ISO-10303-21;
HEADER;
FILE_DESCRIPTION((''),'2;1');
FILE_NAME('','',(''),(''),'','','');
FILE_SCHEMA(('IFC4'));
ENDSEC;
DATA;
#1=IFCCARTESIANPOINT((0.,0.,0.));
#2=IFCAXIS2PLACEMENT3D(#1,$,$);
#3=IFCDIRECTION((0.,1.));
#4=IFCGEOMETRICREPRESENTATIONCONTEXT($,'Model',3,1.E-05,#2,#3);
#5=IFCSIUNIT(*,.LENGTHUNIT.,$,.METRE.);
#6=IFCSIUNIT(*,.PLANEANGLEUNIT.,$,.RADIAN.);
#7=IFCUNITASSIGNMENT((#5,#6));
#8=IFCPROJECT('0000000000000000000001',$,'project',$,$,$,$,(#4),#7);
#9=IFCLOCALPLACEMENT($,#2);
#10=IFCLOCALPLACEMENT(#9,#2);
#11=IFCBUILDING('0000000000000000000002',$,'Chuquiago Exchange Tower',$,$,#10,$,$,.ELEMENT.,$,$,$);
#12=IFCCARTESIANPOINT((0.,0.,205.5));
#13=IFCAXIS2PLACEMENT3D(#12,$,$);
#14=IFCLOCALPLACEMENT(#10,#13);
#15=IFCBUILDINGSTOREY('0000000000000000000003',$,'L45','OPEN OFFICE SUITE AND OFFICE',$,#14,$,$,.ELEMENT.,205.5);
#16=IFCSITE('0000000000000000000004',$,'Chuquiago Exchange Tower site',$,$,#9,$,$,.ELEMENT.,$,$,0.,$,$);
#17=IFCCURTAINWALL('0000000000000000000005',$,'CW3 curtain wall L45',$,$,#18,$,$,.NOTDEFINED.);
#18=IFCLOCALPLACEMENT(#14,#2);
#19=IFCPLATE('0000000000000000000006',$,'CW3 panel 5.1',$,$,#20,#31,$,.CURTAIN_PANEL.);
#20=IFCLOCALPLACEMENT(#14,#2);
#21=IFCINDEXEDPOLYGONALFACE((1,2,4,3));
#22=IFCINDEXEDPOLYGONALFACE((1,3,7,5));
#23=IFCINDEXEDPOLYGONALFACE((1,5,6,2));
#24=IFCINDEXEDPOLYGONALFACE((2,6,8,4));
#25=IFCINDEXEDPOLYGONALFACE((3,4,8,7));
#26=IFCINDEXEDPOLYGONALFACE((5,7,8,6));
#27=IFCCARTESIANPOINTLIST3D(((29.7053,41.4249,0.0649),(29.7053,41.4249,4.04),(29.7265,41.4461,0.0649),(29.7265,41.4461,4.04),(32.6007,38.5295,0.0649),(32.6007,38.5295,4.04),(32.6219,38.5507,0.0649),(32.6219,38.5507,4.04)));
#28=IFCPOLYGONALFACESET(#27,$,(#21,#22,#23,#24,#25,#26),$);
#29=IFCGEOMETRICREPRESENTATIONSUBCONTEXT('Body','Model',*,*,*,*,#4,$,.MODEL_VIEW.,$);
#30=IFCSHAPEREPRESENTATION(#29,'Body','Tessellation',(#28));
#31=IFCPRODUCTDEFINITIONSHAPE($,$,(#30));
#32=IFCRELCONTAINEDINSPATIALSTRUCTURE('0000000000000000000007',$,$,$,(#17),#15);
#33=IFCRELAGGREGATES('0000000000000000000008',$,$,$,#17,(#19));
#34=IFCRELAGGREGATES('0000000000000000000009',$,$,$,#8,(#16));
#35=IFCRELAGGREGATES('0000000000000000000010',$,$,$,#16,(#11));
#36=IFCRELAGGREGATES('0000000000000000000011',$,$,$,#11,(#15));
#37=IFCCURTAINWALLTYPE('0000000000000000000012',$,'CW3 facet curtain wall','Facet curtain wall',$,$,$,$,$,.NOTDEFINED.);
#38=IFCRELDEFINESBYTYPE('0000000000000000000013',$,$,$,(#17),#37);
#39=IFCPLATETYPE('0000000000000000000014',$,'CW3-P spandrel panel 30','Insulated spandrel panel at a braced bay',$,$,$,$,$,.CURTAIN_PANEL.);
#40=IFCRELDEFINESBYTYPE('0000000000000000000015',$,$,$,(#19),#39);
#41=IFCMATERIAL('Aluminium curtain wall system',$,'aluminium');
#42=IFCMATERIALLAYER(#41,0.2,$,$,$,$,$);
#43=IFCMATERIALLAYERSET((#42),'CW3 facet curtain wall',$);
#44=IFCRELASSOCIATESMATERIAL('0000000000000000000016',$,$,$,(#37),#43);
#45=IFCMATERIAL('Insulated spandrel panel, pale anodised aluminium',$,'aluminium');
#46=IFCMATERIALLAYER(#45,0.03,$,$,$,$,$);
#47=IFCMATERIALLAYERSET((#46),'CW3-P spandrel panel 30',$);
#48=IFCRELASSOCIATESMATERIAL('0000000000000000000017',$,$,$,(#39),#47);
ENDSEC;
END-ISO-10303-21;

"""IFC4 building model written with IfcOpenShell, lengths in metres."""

from ifc_helpers import new_model, si_unit, direction, frame, origin, origin_2d, place, context, subcontext, project, spatial, rectangle, extrude, material, layer, layer_set, type_object, element, aggregate, save


model = new_model("IFC4")

# Units and contexts
model_context = context("Model", 3, precision=1e-05, world=origin(), true_north=direction((0.0, 1.0)))
body_context = subcontext(model_context, "Body", "Model", "MODEL_VIEW")
ifc_project = project(units=[si_unit("LENGTHUNIT", "METRE"), si_unit("PLANEANGLEUNIT", "RADIAN")], contexts=[model_context])

# Site, building, storey
site_placement = place(None, origin())
site = spatial("IfcSite", under=ifc_project, at=site_placement, Name="Chuquiago Exchange Tower site", CompositionType="ELEMENT", RefElevation=0.0)
building_placement = place(site_placement, origin())
building = spatial("IfcBuilding", under=site, at=building_placement, Name="Chuquiago Exchange Tower", CompositionType="ELEMENT")
storey_placement = place(building_placement, frame((0.0, 0.0, 205.5)))
storey = spatial("IfcBuildingStorey", under=building, at=storey_placement, Name="L45", Description="OPEN OFFICE SUITE AND OFFICE", CompositionType="ELEMENT", Elevation=205.5)

# Curtain wall
ifc_material_1 = material(Name="Aluminium curtain wall system", Category="aluminium")
ifc_layer_1 = layer(ifc_material_1, 0.2)
ifc_layer_set_1 = layer_set([ifc_layer_1], Name="CW3 facet curtain wall")
curtain_wall_type = type_object("IfcCurtainWallType", Name="CW3 facet curtain wall", Description="Facet curtain wall", PredefinedType="NOTDEFINED", material=ifc_layer_set_1)
curtain_wall_placement = place(storey_placement, origin())
curtain_wall = element("IfcCurtainWall", 1, at=curtain_wall_placement, inside=storey, type_object=curtain_wall_type, Name="CW3 curtain wall L45", PredefinedType="NOTDEFINED")

# Plate
ifc_material_2 = material(Name="Insulated spandrel panel, pale anodised aluminium", Category="aluminium")
ifc_layer_2 = layer(ifc_material_2, 0.03)
ifc_layer_set_2 = layer_set([ifc_layer_2], Name="CW3-P spandrel panel 30")
plate_type = type_object("IfcPlateType", Name="CW3-P spandrel panel 30", Description="Insulated spandrel panel at a braced bay", PredefinedType="CURTAIN_PANEL", material=ifc_layer_set_2)
plate_1_placement = place(storey_placement, frame((31.1636, 39.9878, 0.0649), z_axis=(0.0, 0.0, 1.0), x_axis=(-0.707107, 0.707107, 0.0)))
plate_1 = element("IfcPlate", 2, at=plate_1_placement, type_object=plate_type, Name="CW3 panel 5.1", PredefinedType="CURTAIN_PANEL", context=body_context, shape_type="SweptSolid", body=[
    extrude(rectangle(XDim=4.0947, YDim=0.03, at=origin_2d()), origin(), (0.0, 0.0, 1.0), 3.9751),
])
aggregate(curtain_wall, [plate_1])

save(model, "model.ifc")
